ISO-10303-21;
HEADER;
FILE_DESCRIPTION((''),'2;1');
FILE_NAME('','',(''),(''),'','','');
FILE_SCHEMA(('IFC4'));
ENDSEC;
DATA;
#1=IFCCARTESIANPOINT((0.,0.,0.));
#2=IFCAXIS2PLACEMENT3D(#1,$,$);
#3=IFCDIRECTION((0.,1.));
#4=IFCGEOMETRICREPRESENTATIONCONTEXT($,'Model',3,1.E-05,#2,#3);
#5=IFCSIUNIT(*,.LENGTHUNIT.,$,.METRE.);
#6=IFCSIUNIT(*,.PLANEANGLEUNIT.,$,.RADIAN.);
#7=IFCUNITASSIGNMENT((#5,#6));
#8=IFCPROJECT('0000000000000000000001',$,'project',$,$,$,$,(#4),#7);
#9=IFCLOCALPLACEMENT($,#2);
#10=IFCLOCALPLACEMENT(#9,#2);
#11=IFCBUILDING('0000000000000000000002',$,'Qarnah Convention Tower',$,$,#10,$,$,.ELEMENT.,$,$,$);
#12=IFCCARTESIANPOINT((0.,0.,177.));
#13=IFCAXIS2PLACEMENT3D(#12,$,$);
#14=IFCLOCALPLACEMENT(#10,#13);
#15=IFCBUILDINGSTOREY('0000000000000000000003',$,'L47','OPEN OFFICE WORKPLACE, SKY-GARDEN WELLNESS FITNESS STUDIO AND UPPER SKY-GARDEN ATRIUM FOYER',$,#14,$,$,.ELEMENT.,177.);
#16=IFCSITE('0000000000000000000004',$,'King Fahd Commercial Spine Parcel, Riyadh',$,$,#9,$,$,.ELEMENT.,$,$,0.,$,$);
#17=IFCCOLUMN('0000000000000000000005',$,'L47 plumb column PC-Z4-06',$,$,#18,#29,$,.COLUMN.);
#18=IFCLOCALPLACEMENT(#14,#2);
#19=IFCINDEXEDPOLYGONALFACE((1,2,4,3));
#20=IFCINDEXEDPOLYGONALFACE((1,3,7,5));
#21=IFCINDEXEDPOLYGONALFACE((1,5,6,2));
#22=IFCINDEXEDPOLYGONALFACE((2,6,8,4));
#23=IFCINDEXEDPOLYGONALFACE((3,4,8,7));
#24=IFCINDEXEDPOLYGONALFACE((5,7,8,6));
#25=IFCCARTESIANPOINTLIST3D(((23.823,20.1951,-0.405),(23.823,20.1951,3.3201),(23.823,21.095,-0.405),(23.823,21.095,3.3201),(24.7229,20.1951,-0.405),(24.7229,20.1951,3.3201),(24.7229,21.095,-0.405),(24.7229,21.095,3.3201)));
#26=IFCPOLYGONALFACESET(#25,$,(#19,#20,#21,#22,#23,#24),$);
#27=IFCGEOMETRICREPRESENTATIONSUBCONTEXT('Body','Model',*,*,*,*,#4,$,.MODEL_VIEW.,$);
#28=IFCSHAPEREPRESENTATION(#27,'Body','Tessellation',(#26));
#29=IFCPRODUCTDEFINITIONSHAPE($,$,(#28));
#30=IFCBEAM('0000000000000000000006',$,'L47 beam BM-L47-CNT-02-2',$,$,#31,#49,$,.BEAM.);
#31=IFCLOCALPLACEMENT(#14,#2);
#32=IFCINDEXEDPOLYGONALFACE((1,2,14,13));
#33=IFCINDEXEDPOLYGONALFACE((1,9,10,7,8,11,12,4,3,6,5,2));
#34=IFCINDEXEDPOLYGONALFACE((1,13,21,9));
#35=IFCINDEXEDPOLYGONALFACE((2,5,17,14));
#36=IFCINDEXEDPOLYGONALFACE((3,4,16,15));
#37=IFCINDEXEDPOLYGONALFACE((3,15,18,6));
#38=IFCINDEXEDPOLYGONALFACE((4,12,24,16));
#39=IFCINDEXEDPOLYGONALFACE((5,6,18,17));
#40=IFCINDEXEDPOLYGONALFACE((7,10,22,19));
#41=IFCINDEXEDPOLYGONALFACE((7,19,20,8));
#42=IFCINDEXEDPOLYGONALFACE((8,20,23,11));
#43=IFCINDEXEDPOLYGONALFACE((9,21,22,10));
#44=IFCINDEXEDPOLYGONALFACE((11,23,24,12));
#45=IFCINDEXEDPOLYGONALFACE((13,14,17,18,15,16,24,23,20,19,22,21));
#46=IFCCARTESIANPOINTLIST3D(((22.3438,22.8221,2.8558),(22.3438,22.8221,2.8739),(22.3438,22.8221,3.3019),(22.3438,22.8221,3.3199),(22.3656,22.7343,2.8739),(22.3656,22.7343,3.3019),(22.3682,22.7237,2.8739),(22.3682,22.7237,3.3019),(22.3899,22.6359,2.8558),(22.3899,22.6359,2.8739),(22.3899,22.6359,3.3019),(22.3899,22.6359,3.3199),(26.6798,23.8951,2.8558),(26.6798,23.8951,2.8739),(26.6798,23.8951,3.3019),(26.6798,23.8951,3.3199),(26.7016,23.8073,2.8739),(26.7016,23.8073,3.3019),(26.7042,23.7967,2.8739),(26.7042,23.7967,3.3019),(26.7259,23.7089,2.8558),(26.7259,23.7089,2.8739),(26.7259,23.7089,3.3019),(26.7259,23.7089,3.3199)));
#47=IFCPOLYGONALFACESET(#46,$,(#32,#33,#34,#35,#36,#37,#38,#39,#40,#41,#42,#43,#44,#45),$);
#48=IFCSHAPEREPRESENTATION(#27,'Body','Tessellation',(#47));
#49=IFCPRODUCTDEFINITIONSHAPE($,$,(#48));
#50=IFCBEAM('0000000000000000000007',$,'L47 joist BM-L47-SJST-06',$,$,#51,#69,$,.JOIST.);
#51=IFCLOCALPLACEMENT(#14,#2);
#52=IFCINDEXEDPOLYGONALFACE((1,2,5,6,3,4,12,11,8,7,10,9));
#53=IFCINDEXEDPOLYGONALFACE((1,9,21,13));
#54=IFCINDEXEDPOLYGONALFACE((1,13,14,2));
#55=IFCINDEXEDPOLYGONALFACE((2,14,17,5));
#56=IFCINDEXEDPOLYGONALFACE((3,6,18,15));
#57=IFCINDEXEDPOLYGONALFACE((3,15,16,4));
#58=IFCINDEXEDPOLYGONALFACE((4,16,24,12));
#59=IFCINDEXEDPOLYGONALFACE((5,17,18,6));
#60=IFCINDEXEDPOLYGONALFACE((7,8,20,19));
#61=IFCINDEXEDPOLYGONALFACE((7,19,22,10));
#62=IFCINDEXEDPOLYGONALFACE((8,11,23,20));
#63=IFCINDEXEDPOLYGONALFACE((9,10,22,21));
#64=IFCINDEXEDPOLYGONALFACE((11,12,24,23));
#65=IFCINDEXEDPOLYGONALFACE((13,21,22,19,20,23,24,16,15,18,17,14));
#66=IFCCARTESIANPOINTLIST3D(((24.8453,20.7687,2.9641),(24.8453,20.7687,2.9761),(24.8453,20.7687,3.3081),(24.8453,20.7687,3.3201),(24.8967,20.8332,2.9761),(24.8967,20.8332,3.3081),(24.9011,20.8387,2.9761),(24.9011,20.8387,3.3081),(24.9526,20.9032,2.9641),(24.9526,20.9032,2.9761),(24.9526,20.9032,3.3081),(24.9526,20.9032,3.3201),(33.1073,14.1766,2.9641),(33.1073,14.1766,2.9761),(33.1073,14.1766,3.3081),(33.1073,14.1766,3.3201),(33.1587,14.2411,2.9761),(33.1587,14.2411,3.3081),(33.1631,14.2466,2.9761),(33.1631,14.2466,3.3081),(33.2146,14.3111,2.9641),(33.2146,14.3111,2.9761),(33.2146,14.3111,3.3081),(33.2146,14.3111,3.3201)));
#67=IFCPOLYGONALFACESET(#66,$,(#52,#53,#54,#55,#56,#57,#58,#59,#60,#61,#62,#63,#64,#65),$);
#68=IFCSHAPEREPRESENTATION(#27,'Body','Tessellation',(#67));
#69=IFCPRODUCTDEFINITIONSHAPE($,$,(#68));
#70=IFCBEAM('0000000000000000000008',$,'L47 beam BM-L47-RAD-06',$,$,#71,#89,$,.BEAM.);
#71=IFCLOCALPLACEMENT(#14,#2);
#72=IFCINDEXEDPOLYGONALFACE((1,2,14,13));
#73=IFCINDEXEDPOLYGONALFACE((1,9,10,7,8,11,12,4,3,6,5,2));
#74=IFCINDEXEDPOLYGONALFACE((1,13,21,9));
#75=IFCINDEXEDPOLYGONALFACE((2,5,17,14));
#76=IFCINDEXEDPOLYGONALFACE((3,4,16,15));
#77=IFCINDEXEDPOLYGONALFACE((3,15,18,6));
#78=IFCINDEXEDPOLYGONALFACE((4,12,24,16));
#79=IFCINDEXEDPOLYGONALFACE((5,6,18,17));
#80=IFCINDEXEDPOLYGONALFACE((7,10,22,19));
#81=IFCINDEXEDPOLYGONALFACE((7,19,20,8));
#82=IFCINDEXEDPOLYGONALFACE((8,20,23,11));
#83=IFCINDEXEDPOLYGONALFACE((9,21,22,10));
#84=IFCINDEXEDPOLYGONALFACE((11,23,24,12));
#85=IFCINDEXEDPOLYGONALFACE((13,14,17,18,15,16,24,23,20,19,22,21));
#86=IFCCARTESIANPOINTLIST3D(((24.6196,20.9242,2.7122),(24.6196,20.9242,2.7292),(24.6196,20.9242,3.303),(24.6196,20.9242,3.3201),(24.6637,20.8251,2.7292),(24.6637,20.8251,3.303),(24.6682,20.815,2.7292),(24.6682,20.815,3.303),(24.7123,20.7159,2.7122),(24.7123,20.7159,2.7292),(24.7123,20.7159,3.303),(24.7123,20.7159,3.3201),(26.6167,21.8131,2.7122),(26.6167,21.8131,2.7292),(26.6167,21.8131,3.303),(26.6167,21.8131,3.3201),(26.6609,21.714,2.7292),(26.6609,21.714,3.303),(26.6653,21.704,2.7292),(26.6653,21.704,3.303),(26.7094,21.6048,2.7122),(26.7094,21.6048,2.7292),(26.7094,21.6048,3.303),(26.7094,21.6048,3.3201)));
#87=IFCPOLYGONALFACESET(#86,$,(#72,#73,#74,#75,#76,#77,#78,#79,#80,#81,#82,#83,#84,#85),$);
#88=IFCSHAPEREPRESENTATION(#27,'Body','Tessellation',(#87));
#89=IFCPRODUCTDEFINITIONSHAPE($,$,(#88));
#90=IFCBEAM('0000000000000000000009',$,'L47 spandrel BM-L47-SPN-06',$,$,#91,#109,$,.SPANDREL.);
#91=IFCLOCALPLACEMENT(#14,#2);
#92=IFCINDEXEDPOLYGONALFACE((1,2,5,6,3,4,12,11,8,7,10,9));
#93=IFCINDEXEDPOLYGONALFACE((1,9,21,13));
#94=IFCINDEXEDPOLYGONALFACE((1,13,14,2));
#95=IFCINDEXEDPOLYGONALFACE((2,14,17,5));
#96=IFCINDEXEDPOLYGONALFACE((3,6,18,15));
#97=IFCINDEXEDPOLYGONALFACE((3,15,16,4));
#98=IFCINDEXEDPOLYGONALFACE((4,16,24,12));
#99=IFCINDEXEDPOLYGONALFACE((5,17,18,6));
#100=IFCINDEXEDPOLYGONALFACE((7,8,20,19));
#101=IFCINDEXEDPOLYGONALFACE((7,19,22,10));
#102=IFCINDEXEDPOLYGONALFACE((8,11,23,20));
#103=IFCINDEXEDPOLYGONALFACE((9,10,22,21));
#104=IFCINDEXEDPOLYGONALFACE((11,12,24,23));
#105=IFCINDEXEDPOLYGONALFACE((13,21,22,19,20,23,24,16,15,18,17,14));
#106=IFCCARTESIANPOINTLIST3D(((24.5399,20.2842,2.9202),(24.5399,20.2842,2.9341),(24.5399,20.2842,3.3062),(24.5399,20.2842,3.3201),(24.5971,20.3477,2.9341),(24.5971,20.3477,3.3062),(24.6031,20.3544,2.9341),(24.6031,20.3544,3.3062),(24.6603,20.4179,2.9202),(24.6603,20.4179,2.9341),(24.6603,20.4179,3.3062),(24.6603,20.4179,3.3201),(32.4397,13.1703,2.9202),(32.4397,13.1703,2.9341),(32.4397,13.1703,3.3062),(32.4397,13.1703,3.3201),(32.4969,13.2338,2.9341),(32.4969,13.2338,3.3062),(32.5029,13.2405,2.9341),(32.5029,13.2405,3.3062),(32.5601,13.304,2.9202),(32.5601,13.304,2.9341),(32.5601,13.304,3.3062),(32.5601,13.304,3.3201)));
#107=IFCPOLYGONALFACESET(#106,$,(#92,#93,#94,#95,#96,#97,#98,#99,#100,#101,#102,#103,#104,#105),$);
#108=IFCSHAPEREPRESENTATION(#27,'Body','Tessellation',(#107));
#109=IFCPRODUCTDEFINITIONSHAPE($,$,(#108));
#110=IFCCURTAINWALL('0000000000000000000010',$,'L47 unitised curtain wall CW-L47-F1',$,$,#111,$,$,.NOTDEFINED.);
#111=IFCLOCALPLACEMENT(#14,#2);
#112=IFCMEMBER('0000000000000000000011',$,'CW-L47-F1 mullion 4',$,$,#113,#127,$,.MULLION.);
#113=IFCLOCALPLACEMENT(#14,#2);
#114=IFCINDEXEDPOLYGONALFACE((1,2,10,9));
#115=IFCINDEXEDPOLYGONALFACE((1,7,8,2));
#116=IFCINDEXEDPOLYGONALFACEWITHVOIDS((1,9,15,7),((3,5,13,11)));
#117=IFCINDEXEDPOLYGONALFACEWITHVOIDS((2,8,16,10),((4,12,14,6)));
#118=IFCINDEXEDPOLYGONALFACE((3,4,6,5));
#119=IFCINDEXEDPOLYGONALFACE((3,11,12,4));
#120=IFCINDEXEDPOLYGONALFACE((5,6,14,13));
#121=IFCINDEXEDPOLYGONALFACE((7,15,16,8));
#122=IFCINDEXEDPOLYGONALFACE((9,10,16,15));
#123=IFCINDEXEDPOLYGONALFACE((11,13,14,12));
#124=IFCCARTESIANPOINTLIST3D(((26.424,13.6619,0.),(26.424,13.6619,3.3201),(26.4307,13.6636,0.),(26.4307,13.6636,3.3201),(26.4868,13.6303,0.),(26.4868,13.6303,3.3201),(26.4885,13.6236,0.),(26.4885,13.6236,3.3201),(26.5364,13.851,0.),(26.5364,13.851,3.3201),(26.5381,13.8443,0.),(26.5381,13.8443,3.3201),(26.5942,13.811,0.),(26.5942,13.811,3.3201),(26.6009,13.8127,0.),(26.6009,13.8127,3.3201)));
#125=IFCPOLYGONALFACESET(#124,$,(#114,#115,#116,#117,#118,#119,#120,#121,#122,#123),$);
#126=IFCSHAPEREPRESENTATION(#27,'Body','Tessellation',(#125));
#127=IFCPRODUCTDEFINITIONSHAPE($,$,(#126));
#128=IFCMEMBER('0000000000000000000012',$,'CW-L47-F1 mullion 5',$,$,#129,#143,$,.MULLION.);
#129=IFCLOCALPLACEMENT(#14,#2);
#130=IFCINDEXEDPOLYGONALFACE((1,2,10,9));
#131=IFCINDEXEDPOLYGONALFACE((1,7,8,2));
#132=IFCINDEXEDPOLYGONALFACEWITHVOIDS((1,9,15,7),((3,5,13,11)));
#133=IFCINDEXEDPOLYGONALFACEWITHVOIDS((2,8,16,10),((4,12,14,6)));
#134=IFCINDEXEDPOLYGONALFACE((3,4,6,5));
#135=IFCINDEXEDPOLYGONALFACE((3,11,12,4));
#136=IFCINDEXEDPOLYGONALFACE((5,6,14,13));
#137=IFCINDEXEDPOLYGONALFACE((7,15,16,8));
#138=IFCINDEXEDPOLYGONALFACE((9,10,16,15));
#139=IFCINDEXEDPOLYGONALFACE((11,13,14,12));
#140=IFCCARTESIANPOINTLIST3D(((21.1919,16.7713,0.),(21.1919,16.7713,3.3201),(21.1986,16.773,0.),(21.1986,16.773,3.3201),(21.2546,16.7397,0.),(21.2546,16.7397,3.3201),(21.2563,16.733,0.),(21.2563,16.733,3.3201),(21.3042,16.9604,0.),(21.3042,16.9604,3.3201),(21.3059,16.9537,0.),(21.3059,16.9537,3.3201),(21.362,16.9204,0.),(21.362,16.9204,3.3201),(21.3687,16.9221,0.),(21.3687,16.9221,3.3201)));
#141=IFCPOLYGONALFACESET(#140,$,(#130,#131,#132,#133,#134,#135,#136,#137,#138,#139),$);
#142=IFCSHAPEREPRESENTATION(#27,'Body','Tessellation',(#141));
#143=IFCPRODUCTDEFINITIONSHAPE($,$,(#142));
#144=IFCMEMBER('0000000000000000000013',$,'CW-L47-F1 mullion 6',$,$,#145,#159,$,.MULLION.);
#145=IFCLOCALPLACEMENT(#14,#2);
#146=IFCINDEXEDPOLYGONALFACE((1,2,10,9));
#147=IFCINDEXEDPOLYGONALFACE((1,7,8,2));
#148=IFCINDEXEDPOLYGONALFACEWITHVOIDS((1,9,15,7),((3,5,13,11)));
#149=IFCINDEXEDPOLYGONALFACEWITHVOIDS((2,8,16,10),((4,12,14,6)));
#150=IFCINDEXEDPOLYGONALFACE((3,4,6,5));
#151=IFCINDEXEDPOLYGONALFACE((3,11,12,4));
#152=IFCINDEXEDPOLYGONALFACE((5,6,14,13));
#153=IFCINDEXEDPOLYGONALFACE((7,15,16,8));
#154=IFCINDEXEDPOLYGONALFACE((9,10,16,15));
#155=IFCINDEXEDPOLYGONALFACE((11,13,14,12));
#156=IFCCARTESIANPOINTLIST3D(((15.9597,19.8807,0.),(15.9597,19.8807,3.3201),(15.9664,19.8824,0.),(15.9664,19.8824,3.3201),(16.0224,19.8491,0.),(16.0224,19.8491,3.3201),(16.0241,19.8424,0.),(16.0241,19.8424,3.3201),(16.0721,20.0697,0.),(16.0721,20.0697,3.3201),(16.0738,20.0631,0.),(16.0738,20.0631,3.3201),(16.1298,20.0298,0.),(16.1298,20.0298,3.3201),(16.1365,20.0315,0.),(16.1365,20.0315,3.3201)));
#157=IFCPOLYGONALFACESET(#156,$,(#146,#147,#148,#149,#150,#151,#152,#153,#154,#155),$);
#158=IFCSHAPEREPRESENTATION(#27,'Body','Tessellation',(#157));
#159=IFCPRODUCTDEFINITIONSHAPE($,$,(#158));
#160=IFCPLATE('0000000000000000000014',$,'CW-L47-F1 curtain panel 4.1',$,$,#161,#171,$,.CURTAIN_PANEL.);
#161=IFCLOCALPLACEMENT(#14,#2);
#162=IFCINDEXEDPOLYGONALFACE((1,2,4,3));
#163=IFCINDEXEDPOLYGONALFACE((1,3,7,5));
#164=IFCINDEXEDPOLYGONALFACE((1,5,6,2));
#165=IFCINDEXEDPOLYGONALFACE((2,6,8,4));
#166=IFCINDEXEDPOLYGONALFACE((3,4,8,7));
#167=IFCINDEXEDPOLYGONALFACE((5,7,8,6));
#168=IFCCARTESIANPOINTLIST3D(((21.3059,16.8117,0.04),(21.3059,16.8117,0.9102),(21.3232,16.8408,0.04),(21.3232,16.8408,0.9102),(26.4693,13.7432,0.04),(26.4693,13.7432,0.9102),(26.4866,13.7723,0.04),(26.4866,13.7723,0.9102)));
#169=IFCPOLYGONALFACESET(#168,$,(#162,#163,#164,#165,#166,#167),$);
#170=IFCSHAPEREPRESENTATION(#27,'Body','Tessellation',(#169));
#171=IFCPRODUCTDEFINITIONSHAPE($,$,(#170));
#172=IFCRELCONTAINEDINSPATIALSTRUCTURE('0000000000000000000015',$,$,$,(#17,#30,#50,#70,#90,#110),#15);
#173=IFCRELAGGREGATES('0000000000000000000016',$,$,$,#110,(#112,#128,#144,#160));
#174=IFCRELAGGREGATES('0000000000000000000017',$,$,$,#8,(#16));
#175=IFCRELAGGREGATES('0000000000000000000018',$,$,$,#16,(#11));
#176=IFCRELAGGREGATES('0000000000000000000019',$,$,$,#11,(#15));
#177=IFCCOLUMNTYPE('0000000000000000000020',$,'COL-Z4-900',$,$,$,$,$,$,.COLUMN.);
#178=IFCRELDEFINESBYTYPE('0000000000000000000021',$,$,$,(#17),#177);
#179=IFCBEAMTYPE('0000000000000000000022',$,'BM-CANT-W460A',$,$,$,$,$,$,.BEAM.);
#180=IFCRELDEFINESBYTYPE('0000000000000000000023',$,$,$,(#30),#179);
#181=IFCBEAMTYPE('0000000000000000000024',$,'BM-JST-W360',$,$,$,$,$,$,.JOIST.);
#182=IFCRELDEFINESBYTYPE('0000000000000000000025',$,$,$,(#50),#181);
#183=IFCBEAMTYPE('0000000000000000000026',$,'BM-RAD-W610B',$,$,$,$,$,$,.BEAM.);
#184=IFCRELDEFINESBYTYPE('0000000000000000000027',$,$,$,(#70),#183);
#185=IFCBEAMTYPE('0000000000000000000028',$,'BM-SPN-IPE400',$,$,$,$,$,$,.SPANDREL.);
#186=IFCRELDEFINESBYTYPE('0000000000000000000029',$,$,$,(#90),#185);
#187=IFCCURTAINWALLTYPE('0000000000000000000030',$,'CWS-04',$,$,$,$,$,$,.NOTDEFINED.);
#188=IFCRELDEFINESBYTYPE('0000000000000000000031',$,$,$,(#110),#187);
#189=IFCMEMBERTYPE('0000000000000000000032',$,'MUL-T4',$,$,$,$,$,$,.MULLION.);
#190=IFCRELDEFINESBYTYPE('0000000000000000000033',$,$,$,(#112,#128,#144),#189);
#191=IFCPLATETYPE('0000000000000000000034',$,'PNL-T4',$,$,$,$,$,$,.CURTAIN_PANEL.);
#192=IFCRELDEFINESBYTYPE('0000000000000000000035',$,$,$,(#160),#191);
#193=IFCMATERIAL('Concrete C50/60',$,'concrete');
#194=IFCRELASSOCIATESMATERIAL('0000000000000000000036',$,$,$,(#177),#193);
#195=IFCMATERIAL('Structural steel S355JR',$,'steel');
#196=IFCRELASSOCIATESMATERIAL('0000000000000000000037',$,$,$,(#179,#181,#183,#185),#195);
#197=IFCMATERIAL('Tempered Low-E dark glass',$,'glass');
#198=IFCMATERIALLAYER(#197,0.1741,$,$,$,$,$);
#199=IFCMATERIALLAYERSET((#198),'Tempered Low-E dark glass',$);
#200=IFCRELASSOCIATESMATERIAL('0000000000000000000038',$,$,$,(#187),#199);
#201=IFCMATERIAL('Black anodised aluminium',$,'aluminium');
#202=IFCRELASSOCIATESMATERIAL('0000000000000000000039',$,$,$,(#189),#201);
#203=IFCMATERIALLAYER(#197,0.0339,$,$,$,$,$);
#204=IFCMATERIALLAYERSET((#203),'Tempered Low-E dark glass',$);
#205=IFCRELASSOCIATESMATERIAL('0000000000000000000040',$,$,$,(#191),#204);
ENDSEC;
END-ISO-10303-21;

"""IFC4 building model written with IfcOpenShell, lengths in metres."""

from ifc_helpers import new_model, si_unit, direction, frame, origin, origin_2d, place, context, subcontext, project, spatial, rectangle, hollow_rectangle, i_section, extrude, material, layer, layer_set, material_profile, profile_set, type_object, element, aggregate, save


model = new_model("IFC4")

# Units and contexts
model_context = context("Model", 3, precision=1e-05, world=origin(), true_north=direction((0.0, 1.0)))
body_context = subcontext(model_context, "Body", "Model", "MODEL_VIEW")
ifc_project = project(units=[si_unit("LENGTHUNIT", "METRE"), si_unit("PLANEANGLEUNIT", "RADIAN")], contexts=[model_context])

# Site, building, storey
site_placement = place(None, origin())
site = spatial("IfcSite", under=ifc_project, at=site_placement, Name="King Fahd Commercial Spine Parcel, Riyadh", CompositionType="ELEMENT", RefElevation=0.0)
building_placement = place(site_placement, origin())
building = spatial("IfcBuilding", under=site, at=building_placement, Name="Qarnah Convention Tower", CompositionType="ELEMENT")
storey_placement = place(building_placement, frame((0.0, 0.0, 177.0)))
storey = spatial("IfcBuildingStorey", under=building, at=storey_placement, Name="L47", Description="OPEN OFFICE WORKPLACE, SKY-GARDEN WELLNESS FITNESS STUDIO AND UPPER SKY-GARDEN ATRIUM FOYER", CompositionType="ELEMENT", Elevation=177.0)

# Column
ifc_material_1 = material(Name="Concrete C50/60", Category="concrete")
ifc_material_profile_1 = material_profile(ifc_material_1, rectangle(XDim=0.8999, YDim=0.8999, at=origin_2d()), Name="RC-COL-900X900")
ifc_profile_set_1 = profile_set([ifc_material_profile_1], Name="Concrete C50/60")
column_type = type_object("IfcColumnType", Name="COL-Z4-900", PredefinedType="COLUMN", material=ifc_profile_set_1)
column_placement = place(storey_placement, frame((24.2729, 20.645, -0.405), z_axis=(0.0, 0.0, 1.0), x_axis=(1.0, 0.0, 0.0)))
element("IfcColumn", 1, at=column_placement, inside=storey, type_object=column_type, Name="L47 plumb column PC-Z4-06", PredefinedType="COLUMN", context=body_context, shape_type="SweptSolid", body=[
    extrude(rectangle(XDim=0.8999, YDim=0.8999, at=origin_2d()), origin(), (0.0, 0.0, 1.0), 3.7251),
])

# Beams
ifc_material_2 = material(Name="Structural steel S355JR", Category="steel")
ifc_material_profile_2 = material_profile(ifc_material_2, i_section(OverallWidth=0.1919, OverallDepth=0.4641, WebThickness=0.011, FlangeThickness=0.0181, at=origin_2d()), Name="W460X89")
ifc_profile_set_2 = profile_set([ifc_material_profile_2], Name="Structural steel S355JR")
beam_type_1 = type_object("IfcBeamType", Name="BM-CANT-W460A", PredefinedType="BEAM", material=ifc_profile_set_2)
beam_1_placement = place(storey_placement, frame((26.7029, 23.802, 3.0879), z_axis=(-0.970718, -0.24022, 0.0), x_axis=(0.24022, -0.970718, 0.0)))
element("IfcBeam", 2, at=beam_1_placement, inside=storey, type_object=beam_type_1, Name="L47 beam BM-L47-CNT-02-2", PredefinedType="BEAM", context=body_context, shape_type="SweptSolid", body=[
    extrude(i_section(OverallWidth=0.1919, OverallDepth=0.4641, WebThickness=0.011, FlangeThickness=0.0181, at=origin_2d()), origin(), (0.0, 0.0, 1.0), 4.4668),
])
ifc_material_profile_3 = material_profile(ifc_material_2, i_section(OverallWidth=0.1721, OverallDepth=0.356, WebThickness=0.0071, FlangeThickness=0.012, at=origin_2d()), Name="W360X51")
ifc_profile_set_3 = profile_set([ifc_material_profile_3], Name="Structural steel S355JR")
beam_type_2 = type_object("IfcBeamType", Name="BM-JST-W360", PredefinedType="JOIST", material=ifc_profile_set_3)
beam_2_placement = place(storey_placement, frame((24.8989, 20.8359, 3.1421), z_axis=(0.781677, -0.623683, 0.0), x_axis=(0.623683, 0.781677, 0.0)))
element("IfcBeam", 3, at=beam_2_placement, inside=storey, type_object=beam_type_2, Name="L47 joist BM-L47-SJST-06", PredefinedType="JOIST", context=body_context, shape_type="SweptSolid", body=[
    extrude(i_section(OverallWidth=0.1721, OverallDepth=0.356, WebThickness=0.0071, FlangeThickness=0.012, at=origin_2d()), origin(), (0.0, 0.0, 1.0), 10.5696),
])
ifc_material_profile_4 = material_profile(ifc_material_2, i_section(OverallWidth=0.228, OverallDepth=0.6079, WebThickness=0.011, FlangeThickness=0.0171, at=origin_2d()), Name="W610X113")
ifc_profile_set_4 = profile_set([ifc_material_profile_4], Name="Structural steel S355JR")
beam_type_3 = type_object("IfcBeamType", Name="BM-RAD-W610B", PredefinedType="BEAM", material=ifc_profile_set_4)
beam_3_placement = place(storey_placement, frame((26.6631, 21.709, 3.0161), z_axis=(-0.913586, -0.406646, 0.0), x_axis=(0.406646, -0.913586, 0.0)))
element("IfcBeam", 4, at=beam_3_placement, inside=storey, type_object=beam_type_3, Name="L47 beam BM-L47-RAD-06", PredefinedType="BEAM", context=body_context, shape_type="SweptSolid", body=[
    extrude(i_section(OverallWidth=0.228, OverallDepth=0.6079, WebThickness=0.011, FlangeThickness=0.0171, at=origin_2d()), origin(), (0.0, 0.0, 1.0), 2.186),
])
ifc_material_profile_5 = material_profile(ifc_material_2, i_section(OverallWidth=0.1799, OverallDepth=0.3999, WebThickness=0.009, FlangeThickness=0.0139, at=origin_2d()), Name="IPE400")
ifc_profile_set_5 = profile_set([ifc_material_profile_5], Name="Structural steel S355JR")
beam_type_4 = type_object("IfcBeamType", Name="BM-SPN-IPE400", PredefinedType="SPANDREL", material=ifc_profile_set_5)
beam_4_placement = place(storey_placement, frame((24.6001, 20.3511, 3.1201), z_axis=(0.743102, -0.669178, 0.0), x_axis=(0.669178, 0.743102, 0.0)))
element("IfcBeam", 5, at=beam_4_placement, inside=storey, type_object=beam_type_4, Name="L47 spandrel BM-L47-SPN-06", PredefinedType="SPANDREL", context=body_context, shape_type="SweptSolid", body=[
    extrude(i_section(OverallWidth=0.1799, OverallDepth=0.3999, WebThickness=0.009, FlangeThickness=0.0139, at=origin_2d()), origin(), (0.0, 0.0, 1.0), 10.6309),
])

# Curtain wall, members, plate
ifc_material_3 = material(Name="Tempered Low-E dark glass", Category="glass")
ifc_layer_1 = layer(ifc_material_3, 0.1741)
ifc_layer_set_1 = layer_set([ifc_layer_1], Name="Tempered Low-E dark glass")
curtain_wall_type = type_object("IfcCurtainWallType", Name="CWS-04", PredefinedType="NOTDEFINED", material=ifc_layer_set_1)
curtain_wall_placement = place(storey_placement, origin())
curtain_wall = element("IfcCurtainWall", 6, at=curtain_wall_placement, inside=storey, type_object=curtain_wall_type, Name="L47 unitised curtain wall CW-L47-F1", PredefinedType="NOTDEFINED")
ifc_material_4 = material(Name="Black anodised aluminium", Category="aluminium")
ifc_material_profile_6 = material_profile(ifc_material_4, hollow_rectangle(XDim=0.075, YDim=0.22, WallThickness=0.0049, at=origin_2d()), Name="MUL-75X220")
ifc_profile_set_6 = profile_set([ifc_material_profile_6], Name="Black anodised aluminium")
member_type = type_object("IfcMemberType", Name="MUL-T4", PredefinedType="MULLION", material=ifc_profile_set_6)
member_1_placement = place(storey_placement, frame((26.5125, 13.7373, 0.0), z_axis=(0.0, 0.0, 1.0), x_axis=(-0.859654, 0.510877, 0.0)))
member_1 = element("IfcMember", 7, at=member_1_placement, type_object=member_type, Name="CW-L47-F1 mullion 4", PredefinedType="MULLION", context=body_context, shape_type="SweptSolid", body=[
    extrude(hollow_rectangle(XDim=0.075, YDim=0.22, WallThickness=0.0049, at=origin_2d()), origin(), (0.0, 0.0, 1.0), 3.3201),
])
member_2_placement = place(storey_placement, frame((21.2803, 16.8467, 0.0), z_axis=(0.0, 0.0, 1.0), x_axis=(-0.859654, 0.510877, 0.0)))
member_2 = element("IfcMember", 8, at=member_2_placement, type_object=member_type, Name="CW-L47-F1 mullion 5", PredefinedType="MULLION", context=body_context, shape_type="SweptSolid", body=[
    extrude(hollow_rectangle(XDim=0.075, YDim=0.22, WallThickness=0.0049, at=origin_2d()), origin(), (0.0, 0.0, 1.0), 3.3201),
])
member_3_placement = place(storey_placement, frame((16.0481, 19.9561, 0.0), z_axis=(0.0, 0.0, 1.0), x_axis=(-0.859654, 0.510877, 0.0)))
member_3 = element("IfcMember", 9, at=member_3_placement, type_object=member_type, Name="CW-L47-F1 mullion 6", PredefinedType="MULLION", context=body_context, shape_type="SweptSolid", body=[
    extrude(hollow_rectangle(XDim=0.075, YDim=0.22, WallThickness=0.0049, at=origin_2d()), origin(), (0.0, 0.0, 1.0), 3.3201),
])
ifc_layer_2 = layer(ifc_material_3, 0.0339)
ifc_layer_set_2 = layer_set([ifc_layer_2], Name="Tempered Low-E dark glass")
plate_type = type_object("IfcPlateType", Name="PNL-T4", PredefinedType="CURTAIN_PANEL", material=ifc_layer_set_2)
plate_1_placement = place(storey_placement, frame((23.8962, 15.292, 0.04), z_axis=(0.0, 0.0, 1.0), x_axis=(-0.859654, 0.510877, 0.0)))
plate_1 = element("IfcPlate", 10, at=plate_1_placement, type_object=plate_type, Name="CW-L47-F1 curtain panel 4.1", PredefinedType="CURTAIN_PANEL", context=body_context, shape_type="SweptSolid", body=[
    extrude(rectangle(XDim=6.0063, YDim=0.0339, at=origin_2d()), origin(), (0.0, 0.0, 1.0), 0.8701),
])
aggregate(curtain_wall, [member_1, member_2, member_3, plate_1])

save(model, "model.ifc")
